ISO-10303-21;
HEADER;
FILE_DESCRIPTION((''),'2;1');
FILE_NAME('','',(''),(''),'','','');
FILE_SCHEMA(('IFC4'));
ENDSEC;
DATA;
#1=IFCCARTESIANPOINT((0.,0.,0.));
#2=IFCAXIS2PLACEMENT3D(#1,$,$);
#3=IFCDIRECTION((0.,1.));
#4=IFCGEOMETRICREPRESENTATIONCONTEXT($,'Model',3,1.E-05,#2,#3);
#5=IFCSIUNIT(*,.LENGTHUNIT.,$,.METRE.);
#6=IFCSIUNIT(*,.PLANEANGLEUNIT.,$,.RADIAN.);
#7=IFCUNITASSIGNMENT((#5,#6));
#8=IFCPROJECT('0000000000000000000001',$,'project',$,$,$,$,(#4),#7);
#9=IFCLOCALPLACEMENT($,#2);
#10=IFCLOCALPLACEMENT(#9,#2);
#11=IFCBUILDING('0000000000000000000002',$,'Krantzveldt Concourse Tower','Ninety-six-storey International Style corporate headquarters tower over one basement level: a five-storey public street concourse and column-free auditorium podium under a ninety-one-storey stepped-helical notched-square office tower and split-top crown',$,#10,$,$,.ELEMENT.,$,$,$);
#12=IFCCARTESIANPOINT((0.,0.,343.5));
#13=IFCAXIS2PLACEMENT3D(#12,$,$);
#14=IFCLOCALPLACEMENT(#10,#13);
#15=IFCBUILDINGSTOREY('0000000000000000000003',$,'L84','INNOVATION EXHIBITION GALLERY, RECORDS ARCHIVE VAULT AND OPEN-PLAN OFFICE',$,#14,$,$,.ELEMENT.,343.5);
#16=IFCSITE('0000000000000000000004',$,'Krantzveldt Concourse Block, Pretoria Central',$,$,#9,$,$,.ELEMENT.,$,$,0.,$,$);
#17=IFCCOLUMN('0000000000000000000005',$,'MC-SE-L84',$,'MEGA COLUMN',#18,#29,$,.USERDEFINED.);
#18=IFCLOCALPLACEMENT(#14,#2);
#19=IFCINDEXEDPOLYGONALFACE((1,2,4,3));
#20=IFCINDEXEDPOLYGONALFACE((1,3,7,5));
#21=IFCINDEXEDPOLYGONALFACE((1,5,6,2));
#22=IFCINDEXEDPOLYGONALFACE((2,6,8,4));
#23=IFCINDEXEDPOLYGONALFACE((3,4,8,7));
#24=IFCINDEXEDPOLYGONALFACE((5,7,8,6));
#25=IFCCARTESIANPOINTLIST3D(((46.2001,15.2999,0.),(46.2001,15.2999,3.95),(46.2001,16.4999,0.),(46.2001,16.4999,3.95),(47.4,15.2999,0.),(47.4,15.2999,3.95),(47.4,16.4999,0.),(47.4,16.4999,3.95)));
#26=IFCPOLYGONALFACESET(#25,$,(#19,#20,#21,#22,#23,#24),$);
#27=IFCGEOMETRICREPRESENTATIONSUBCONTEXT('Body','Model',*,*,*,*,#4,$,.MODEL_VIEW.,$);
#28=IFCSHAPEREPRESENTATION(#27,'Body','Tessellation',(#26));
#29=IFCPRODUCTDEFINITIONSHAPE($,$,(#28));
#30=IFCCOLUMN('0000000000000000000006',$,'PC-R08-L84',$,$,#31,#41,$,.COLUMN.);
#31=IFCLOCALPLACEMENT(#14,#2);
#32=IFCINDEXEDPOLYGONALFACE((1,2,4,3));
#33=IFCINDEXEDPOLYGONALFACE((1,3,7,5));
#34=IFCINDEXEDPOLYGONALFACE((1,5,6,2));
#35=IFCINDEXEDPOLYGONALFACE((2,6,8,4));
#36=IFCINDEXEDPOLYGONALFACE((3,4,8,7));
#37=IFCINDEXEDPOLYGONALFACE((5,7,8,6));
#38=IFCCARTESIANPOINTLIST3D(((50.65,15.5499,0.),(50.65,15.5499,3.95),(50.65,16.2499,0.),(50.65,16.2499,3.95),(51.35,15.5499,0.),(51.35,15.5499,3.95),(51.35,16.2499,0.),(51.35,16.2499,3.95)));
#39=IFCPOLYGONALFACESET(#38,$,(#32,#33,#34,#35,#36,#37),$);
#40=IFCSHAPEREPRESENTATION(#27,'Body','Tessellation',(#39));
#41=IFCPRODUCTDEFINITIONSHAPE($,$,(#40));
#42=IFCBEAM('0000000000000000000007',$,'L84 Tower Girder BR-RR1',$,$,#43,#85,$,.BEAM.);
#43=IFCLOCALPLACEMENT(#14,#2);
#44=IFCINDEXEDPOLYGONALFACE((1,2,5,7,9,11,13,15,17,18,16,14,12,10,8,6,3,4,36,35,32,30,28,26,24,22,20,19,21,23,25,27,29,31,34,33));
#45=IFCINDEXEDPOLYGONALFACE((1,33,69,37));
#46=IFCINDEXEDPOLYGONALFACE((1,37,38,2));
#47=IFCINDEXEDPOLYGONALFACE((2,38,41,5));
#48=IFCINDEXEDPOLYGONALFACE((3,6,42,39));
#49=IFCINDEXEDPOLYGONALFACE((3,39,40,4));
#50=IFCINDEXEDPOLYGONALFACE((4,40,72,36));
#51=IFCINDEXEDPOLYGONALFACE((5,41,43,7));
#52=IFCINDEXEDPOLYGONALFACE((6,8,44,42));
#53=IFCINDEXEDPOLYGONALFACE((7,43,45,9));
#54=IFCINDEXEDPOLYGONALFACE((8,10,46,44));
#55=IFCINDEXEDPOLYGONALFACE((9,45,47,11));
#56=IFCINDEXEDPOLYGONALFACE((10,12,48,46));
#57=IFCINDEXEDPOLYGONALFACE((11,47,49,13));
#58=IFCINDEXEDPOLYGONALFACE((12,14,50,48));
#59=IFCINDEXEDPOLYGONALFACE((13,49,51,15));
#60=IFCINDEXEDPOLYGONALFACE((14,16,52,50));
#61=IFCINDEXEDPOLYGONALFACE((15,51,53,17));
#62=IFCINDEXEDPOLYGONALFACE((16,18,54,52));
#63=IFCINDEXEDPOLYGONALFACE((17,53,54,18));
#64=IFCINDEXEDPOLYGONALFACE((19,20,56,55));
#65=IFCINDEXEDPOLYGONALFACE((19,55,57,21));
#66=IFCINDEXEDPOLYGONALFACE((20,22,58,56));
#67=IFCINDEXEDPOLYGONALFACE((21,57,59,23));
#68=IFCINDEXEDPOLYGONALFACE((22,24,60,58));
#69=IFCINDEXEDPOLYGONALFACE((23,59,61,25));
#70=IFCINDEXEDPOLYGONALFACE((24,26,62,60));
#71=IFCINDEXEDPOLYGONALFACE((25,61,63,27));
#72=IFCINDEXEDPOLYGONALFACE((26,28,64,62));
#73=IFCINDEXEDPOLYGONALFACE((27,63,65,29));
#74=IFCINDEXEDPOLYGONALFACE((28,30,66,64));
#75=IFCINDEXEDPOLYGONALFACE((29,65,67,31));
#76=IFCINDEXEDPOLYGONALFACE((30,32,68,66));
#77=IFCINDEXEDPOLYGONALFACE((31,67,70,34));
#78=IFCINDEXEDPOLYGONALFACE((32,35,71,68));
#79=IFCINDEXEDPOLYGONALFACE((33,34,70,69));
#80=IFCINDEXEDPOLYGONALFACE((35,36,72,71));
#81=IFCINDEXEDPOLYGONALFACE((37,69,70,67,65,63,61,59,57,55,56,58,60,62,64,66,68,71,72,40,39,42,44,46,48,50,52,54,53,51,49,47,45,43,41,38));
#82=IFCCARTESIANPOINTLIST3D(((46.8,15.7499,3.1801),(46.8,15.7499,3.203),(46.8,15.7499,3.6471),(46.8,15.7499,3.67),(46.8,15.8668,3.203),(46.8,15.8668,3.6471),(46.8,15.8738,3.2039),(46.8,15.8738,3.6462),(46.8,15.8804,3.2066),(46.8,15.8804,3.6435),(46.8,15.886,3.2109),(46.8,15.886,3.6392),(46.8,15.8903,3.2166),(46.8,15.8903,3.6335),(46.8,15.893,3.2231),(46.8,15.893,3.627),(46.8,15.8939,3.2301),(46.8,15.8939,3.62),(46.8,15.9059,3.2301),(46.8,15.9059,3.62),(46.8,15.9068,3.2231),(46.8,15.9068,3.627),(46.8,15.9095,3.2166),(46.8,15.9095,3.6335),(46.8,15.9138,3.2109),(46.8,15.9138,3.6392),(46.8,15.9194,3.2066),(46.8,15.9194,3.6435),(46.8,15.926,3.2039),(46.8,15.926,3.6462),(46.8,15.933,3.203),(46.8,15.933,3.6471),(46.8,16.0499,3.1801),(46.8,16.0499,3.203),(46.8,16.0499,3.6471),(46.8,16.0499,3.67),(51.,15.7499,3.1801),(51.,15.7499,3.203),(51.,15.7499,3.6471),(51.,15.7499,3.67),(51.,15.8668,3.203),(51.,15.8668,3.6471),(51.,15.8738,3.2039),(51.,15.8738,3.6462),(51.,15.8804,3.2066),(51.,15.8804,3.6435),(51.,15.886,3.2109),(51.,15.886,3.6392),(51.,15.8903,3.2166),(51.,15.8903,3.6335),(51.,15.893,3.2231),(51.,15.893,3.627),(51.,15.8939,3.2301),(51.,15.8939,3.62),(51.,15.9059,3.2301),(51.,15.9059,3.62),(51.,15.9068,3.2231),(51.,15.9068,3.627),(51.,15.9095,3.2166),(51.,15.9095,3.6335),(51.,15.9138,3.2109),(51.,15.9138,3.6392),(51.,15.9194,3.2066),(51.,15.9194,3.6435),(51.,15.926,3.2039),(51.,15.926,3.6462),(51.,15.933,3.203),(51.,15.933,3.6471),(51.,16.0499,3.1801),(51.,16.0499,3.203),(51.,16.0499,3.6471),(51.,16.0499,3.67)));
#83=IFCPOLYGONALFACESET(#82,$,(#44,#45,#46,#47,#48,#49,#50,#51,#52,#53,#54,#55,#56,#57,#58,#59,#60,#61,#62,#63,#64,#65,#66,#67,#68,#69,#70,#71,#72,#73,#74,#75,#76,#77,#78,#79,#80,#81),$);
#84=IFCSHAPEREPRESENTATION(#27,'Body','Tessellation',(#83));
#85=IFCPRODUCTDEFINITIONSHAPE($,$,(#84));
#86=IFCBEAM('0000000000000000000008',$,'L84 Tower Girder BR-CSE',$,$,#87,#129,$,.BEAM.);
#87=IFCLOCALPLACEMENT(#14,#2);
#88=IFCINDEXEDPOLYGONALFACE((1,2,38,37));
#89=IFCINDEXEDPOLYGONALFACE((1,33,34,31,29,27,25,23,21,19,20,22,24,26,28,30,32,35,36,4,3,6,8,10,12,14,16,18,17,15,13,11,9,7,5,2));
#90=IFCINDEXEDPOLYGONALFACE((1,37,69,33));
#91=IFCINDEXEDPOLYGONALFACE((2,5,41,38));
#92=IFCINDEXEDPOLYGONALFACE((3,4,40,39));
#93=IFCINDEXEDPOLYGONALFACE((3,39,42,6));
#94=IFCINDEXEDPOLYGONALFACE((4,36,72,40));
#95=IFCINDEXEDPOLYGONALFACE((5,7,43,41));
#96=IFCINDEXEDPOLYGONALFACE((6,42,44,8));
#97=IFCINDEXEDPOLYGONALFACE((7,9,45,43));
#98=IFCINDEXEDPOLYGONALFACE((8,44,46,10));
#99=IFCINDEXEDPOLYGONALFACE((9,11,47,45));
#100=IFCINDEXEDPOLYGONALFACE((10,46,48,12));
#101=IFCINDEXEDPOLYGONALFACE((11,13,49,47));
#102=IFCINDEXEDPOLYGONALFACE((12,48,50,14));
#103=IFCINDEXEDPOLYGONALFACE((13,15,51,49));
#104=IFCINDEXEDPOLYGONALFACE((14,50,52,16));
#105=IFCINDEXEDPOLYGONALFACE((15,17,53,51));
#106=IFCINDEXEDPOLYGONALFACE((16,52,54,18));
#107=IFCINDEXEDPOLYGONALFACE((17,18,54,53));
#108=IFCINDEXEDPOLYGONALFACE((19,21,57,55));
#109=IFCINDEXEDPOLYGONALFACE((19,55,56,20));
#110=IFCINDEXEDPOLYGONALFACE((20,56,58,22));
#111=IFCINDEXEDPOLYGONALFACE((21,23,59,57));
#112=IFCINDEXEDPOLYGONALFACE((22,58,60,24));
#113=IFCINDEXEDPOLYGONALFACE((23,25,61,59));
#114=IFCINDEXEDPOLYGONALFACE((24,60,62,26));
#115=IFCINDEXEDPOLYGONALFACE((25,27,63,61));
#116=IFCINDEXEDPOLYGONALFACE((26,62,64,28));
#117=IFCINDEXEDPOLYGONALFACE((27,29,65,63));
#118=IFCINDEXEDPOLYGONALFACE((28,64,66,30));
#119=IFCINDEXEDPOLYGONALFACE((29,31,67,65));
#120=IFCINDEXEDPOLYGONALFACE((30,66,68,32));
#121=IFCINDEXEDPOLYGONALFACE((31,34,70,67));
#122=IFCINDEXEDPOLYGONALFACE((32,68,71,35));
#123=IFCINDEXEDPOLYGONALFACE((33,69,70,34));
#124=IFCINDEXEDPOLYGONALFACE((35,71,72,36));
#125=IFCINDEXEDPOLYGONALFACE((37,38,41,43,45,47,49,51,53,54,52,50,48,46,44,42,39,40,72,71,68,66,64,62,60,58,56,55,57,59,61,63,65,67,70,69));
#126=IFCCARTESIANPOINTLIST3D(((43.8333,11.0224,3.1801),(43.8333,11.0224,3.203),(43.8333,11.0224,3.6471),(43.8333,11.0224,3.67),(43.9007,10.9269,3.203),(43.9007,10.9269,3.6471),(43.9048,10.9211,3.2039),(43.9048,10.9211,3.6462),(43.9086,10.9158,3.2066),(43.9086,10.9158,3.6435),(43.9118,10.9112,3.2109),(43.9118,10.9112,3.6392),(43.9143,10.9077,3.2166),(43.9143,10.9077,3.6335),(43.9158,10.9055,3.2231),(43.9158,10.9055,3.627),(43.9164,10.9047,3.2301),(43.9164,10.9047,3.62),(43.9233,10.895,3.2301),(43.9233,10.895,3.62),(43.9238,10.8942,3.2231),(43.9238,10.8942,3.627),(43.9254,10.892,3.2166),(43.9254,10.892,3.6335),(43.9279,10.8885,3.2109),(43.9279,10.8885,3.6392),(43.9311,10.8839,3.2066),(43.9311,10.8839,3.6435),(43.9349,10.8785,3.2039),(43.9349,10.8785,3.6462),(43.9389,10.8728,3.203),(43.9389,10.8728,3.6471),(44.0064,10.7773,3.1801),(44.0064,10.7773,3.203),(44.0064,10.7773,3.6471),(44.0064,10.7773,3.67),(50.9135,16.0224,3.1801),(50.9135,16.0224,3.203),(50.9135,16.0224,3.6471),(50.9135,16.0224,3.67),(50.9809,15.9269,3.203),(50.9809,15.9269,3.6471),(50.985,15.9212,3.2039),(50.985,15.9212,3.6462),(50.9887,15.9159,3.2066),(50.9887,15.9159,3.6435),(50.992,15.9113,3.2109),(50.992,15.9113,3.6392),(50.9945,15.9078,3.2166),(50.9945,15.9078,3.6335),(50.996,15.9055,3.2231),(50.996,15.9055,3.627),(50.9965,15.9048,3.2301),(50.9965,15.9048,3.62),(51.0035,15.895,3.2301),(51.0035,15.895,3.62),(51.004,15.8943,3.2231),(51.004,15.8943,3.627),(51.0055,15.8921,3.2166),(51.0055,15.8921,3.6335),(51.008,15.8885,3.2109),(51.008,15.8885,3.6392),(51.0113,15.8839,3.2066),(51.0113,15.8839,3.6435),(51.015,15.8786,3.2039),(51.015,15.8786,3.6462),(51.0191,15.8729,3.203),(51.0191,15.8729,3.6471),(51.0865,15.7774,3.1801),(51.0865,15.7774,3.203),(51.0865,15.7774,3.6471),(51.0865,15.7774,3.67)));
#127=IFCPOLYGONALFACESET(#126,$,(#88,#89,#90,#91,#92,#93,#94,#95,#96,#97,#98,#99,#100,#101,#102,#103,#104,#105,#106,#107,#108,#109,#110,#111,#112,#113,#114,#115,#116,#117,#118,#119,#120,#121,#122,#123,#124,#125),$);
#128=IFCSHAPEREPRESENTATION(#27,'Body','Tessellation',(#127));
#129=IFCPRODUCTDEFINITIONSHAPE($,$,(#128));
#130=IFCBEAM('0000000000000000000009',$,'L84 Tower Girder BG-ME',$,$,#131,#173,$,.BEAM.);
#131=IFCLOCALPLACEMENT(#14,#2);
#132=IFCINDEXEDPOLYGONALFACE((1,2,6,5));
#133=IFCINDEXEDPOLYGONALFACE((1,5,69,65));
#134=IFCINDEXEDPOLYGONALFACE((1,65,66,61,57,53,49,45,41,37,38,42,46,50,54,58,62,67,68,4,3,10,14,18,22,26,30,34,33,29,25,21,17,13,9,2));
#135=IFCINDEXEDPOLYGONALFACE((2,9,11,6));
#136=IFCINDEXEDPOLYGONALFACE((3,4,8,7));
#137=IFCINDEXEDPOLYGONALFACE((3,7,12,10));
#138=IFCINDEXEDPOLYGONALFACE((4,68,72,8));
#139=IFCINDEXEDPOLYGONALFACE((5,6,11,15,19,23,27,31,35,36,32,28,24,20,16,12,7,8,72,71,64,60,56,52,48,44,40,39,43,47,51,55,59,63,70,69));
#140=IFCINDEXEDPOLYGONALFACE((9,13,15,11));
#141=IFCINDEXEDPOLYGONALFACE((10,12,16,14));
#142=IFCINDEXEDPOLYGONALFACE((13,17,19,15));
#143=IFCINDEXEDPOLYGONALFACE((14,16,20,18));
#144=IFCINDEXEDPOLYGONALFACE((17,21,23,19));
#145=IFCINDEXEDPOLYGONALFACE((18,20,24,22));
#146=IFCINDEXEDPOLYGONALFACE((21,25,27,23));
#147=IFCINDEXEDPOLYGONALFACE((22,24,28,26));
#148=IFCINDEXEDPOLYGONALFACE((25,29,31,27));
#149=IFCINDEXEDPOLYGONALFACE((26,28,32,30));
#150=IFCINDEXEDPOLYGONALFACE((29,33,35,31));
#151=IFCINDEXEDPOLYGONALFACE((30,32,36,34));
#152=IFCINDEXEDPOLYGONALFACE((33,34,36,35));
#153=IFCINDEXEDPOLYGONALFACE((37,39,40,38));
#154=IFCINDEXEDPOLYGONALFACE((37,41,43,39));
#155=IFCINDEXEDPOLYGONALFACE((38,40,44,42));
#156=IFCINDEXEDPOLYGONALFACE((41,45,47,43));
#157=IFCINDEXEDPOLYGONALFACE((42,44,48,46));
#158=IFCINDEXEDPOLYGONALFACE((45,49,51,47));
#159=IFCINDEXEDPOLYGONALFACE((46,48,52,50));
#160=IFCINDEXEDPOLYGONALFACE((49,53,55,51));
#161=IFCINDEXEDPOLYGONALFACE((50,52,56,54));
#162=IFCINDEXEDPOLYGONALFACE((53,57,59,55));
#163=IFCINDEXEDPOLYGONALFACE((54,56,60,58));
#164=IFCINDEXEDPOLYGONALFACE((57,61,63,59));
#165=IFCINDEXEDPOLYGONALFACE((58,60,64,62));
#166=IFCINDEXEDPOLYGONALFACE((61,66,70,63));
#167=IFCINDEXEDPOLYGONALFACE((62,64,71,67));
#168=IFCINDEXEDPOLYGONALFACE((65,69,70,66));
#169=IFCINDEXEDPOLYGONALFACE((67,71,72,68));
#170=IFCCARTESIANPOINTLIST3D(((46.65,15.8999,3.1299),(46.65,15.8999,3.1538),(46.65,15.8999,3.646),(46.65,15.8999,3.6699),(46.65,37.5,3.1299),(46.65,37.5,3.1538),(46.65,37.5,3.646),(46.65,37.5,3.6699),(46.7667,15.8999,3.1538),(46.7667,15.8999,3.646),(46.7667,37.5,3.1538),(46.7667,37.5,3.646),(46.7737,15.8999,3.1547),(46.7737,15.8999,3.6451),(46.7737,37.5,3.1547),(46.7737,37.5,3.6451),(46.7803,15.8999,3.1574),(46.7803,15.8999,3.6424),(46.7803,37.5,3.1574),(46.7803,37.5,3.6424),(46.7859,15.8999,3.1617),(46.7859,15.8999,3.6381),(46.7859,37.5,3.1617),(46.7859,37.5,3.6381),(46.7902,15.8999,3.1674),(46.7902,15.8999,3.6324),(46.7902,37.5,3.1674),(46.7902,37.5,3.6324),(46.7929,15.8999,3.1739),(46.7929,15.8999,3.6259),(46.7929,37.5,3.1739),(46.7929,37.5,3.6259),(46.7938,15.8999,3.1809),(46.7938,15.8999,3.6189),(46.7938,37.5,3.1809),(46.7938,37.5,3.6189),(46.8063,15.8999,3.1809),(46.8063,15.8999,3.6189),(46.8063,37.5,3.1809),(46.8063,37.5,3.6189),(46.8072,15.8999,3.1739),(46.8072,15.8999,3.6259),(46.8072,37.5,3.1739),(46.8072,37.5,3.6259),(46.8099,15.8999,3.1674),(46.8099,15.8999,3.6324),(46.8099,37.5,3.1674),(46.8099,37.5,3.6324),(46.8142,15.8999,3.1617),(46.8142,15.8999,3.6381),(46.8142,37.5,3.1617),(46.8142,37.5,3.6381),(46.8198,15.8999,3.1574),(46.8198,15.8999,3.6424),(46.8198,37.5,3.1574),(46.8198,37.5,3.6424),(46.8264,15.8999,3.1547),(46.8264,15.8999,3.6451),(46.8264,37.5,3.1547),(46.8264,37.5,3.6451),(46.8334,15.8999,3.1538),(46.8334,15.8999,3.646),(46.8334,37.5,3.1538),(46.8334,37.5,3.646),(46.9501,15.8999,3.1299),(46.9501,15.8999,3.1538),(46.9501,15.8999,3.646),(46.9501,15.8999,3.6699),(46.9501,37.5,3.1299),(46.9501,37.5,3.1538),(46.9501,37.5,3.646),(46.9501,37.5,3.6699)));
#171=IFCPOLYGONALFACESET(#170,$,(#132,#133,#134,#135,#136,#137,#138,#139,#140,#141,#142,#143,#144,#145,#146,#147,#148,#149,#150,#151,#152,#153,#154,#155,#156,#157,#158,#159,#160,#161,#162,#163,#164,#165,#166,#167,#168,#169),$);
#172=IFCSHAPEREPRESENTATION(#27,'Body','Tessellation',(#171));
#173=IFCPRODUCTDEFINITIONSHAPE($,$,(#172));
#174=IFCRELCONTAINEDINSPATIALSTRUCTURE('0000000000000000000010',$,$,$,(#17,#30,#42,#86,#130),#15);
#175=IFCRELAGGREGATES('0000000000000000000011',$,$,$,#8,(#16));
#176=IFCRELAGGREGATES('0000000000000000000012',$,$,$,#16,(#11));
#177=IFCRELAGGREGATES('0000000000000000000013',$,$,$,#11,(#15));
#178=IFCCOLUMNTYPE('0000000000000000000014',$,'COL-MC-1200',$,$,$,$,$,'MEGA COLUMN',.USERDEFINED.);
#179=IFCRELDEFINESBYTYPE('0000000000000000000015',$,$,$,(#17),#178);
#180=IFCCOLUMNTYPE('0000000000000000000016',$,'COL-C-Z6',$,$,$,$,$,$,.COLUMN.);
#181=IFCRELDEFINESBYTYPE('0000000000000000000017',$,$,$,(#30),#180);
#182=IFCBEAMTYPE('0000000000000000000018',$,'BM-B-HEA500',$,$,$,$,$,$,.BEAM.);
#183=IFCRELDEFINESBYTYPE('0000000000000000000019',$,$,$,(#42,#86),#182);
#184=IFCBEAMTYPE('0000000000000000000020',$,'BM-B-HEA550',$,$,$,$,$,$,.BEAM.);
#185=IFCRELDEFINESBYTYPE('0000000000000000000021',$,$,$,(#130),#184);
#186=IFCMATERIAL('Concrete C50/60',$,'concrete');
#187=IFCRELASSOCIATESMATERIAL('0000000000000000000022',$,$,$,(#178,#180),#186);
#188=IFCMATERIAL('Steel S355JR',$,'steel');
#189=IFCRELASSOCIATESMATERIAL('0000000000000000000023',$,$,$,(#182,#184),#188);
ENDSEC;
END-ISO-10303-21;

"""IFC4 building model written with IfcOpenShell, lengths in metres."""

from ifc_helpers import new_model, si_unit, direction, frame, origin, origin_2d, place, context, subcontext, project, spatial, rectangle, i_section, extrude, source, transform, mapped, material, material_profile, profile_set, type_object, type_shapes, element, save


model = new_model("IFC4")

# Units and contexts
model_context = context("Model", 3, precision=1e-05, world=origin(), true_north=direction((0.0, 1.0)))
body_context = subcontext(model_context, "Body", "Model", "MODEL_VIEW")
ifc_project = project(units=[si_unit("LENGTHUNIT", "METRE"), si_unit("PLANEANGLEUNIT", "RADIAN")], contexts=[model_context])

# Site, building, storey
site_placement = place(None, origin())
site = spatial("IfcSite", under=ifc_project, at=site_placement, Name="Krantzveldt Concourse Block, Pretoria Central", CompositionType="ELEMENT", RefElevation=0.0)
building_placement = place(site_placement, origin())
building = spatial("IfcBuilding", under=site, at=building_placement, Name="Krantzveldt Concourse Tower", Description="Ninety-six-storey International Style corporate headquarters tower over one basement level: a five-storey public street concourse and column-free auditorium podium under a ninety-one-storey stepped-helical notched-square office tower and split-top crown", CompositionType="ELEMENT")
storey_placement = place(building_placement, frame((0.0, 0.0, 343.5)))
storey = spatial("IfcBuildingStorey", under=building, at=storey_placement, Name="L84", Description="INNOVATION EXHIBITION GALLERY, RECORDS ARCHIVE VAULT AND OPEN-PLAN OFFICE", CompositionType="ELEMENT", Elevation=343.5)

# Columns
ifc_material_1 = material(Name="Concrete C50/60", Category="concrete")
ifc_material_profile_1 = material_profile(ifc_material_1, rectangle(XDim=1.2, YDim=1.2, at=origin_2d()), Name="Concrete C50/60", Category="concrete")
ifc_profile_set_1 = profile_set([ifc_material_profile_1], Name="Concrete C50/60 - RC 1200x1200")
column_type_1 = type_object("IfcColumnType", Name="COL-MC-1200", ElementType="MEGA COLUMN", PredefinedType="USERDEFINED", material=ifc_profile_set_1)
shared_shape_1 = source(origin(), body_context, "Body", "SweptSolid", [
    extrude(rectangle(XDim=1.2, YDim=1.2, at=origin_2d()), origin(), (0.0, 0.0, 1.0), 3.95),
])
type_shapes(column_type_1, [shared_shape_1])
column_1_placement = place(storey_placement, frame((46.8, 15.8999, 0.0), z_axis=(0.0, 0.0, 1.0), x_axis=(1.0, 0.0, 0.0)))
element("IfcColumn", 1, at=column_1_placement, inside=storey, type_object=column_type_1, Name="MC-SE-L84", ObjectType="MEGA COLUMN", PredefinedType="USERDEFINED", context=body_context, shape_type="MappedRepresentation", body=[
    mapped(shared_shape_1, transform((0.0, 0.0, 0.0), x_axis=(1.0, 0.0, 0.0), y_axis=(0.0, 1.0, 0.0), z_axis=(0.0, 0.0, 1.0), scale=1.0)),
])
ifc_material_profile_2 = material_profile(ifc_material_1, rectangle(XDim=0.7, YDim=0.7, at=origin_2d()), Name="Concrete C50/60", Category="concrete")
ifc_profile_set_2 = profile_set([ifc_material_profile_2], Name="Concrete C50/60 - RC 700x700")
column_type_2 = type_object("IfcColumnType", Name="COL-C-Z6", PredefinedType="COLUMN", material=ifc_profile_set_2)
shared_shape_2 = source(origin(), body_context, "Body", "SweptSolid", [
    extrude(rectangle(XDim=0.7, YDim=0.7, at=origin_2d()), origin(), (0.0, 0.0, 1.0), 3.95),
])
type_shapes(column_type_2, [shared_shape_2])
column_2_placement = place(storey_placement, frame((51.0, 15.8999, 0.0), z_axis=(0.0, 0.0, 1.0), x_axis=(1.0, 0.0, 0.0)))
element("IfcColumn", 2, at=column_2_placement, inside=storey, type_object=column_type_2, Name="PC-R08-L84", PredefinedType="COLUMN", context=body_context, shape_type="MappedRepresentation", body=[
    mapped(shared_shape_2, transform((0.0, 0.0, 0.0), x_axis=(1.0, 0.0, 0.0), y_axis=(0.0, 1.0, 0.0), z_axis=(0.0, 0.0, 1.0), scale=1.0)),
])

# Beams
ifc_material_2 = material(Name="Steel S355JR", Category="steel")
ifc_material_profile_3 = material_profile(ifc_material_2, i_section(OverallWidth=0.3, OverallDepth=0.49, WebThickness=0.012, FlangeThickness=0.0229, FilletRadius=0.0271, at=origin_2d()), Name="Steel S355JR", Category="steel")
ifc_profile_set_3 = profile_set([ifc_material_profile_3], Name="Steel S355JR - HEA 500")
beam_type_1 = type_object("IfcBeamType", Name="BM-B-HEA500", PredefinedType="BEAM", material=ifc_profile_set_3)
shared_shape_3 = source(origin(), body_context, "Body", "SweptSolid", [
    extrude(i_section(OverallWidth=0.3, OverallDepth=0.49, WebThickness=0.012, FlangeThickness=0.0229, FilletRadius=0.0271, at=origin_2d()), origin(), (0.0, 0.0, 1.0), 4.2),
])
beam_1_placement = place(storey_placement, frame((46.8, 15.8999, 3.425), z_axis=(1.0, 0.0, 0.0), x_axis=(0.0, 1.0, 0.0)))
element("IfcBeam", 3, at=beam_1_placement, inside=storey, type_object=beam_type_1, Name="L84 Tower Girder BR-RR1", PredefinedType="BEAM", context=body_context, shape_type="MappedRepresentation", body=[
    mapped(shared_shape_3, transform((0.0, 0.0, 0.0), x_axis=(1.0, 0.0, 0.0), y_axis=(0.0, 1.0, 0.0), z_axis=(0.0, 0.0, 1.0), scale=1.0)),
])
shared_shape_4 = source(origin(), body_context, "Body", "SweptSolid", [
    extrude(i_section(OverallWidth=0.3, OverallDepth=0.49, WebThickness=0.012, FlangeThickness=0.0229, FilletRadius=0.0271, at=origin_2d()), origin(), (0.0, 0.0, 1.0), 8.6677),
])
type_shapes(beam_type_1, [shared_shape_3, shared_shape_4])
beam_2_placement = place(storey_placement, frame((51.0, 15.8999, 3.425), z_axis=(-0.816843, -0.57686, 0.0), x_axis=(0.57686, -0.816843, 0.0)))
element("IfcBeam", 4, at=beam_2_placement, inside=storey, type_object=beam_type_1, Name="L84 Tower Girder BR-CSE", PredefinedType="BEAM", context=body_context, shape_type="MappedRepresentation", body=[
    mapped(shared_shape_4, transform((0.0, 0.0, 0.0), x_axis=(1.0, 0.0, 0.0), y_axis=(0.0, 1.0, 0.0), z_axis=(0.0, 0.0, 1.0), scale=1.0)),
])
ifc_material_profile_4 = material_profile(ifc_material_2, i_section(OverallWidth=0.3, OverallDepth=0.54, WebThickness=0.0125, FlangeThickness=0.0239, FilletRadius=0.0271, at=origin_2d()), Name="Steel S355JR", Category="steel")
ifc_profile_set_4 = profile_set([ifc_material_profile_4], Name="Steel S355JR - HEA 550")
beam_type_2 = type_object("IfcBeamType", Name="BM-B-HEA550", PredefinedType="BEAM", material=ifc_profile_set_4)
shared_shape_5 = source(origin(), body_context, "Body", "SweptSolid", [
    extrude(i_section(OverallWidth=0.3, OverallDepth=0.54, WebThickness=0.0125, FlangeThickness=0.0239, FilletRadius=0.0271, at=origin_2d()), origin(), (0.0, 0.0, 1.0), 21.6001),
])
beam_3_placement = place(storey_placement, frame((46.8, 15.8999, 3.3999), z_axis=(0.0, 1.0, 0.0), x_axis=(-1.0, 0.0, 0.0)))
element("IfcBeam", 5, at=beam_3_placement, inside=storey, type_object=beam_type_2, Name="L84 Tower Girder BG-ME", PredefinedType="BEAM", context=body_context, shape_type="MappedRepresentation", body=[
    mapped(shared_shape_5, transform((0.0, 0.0, 0.0), x_axis=(1.0, 0.0, 0.0), y_axis=(0.0, 1.0, 0.0), z_axis=(0.0, 0.0, 1.0), scale=1.0)),
])

save(model, "model.ifc")
